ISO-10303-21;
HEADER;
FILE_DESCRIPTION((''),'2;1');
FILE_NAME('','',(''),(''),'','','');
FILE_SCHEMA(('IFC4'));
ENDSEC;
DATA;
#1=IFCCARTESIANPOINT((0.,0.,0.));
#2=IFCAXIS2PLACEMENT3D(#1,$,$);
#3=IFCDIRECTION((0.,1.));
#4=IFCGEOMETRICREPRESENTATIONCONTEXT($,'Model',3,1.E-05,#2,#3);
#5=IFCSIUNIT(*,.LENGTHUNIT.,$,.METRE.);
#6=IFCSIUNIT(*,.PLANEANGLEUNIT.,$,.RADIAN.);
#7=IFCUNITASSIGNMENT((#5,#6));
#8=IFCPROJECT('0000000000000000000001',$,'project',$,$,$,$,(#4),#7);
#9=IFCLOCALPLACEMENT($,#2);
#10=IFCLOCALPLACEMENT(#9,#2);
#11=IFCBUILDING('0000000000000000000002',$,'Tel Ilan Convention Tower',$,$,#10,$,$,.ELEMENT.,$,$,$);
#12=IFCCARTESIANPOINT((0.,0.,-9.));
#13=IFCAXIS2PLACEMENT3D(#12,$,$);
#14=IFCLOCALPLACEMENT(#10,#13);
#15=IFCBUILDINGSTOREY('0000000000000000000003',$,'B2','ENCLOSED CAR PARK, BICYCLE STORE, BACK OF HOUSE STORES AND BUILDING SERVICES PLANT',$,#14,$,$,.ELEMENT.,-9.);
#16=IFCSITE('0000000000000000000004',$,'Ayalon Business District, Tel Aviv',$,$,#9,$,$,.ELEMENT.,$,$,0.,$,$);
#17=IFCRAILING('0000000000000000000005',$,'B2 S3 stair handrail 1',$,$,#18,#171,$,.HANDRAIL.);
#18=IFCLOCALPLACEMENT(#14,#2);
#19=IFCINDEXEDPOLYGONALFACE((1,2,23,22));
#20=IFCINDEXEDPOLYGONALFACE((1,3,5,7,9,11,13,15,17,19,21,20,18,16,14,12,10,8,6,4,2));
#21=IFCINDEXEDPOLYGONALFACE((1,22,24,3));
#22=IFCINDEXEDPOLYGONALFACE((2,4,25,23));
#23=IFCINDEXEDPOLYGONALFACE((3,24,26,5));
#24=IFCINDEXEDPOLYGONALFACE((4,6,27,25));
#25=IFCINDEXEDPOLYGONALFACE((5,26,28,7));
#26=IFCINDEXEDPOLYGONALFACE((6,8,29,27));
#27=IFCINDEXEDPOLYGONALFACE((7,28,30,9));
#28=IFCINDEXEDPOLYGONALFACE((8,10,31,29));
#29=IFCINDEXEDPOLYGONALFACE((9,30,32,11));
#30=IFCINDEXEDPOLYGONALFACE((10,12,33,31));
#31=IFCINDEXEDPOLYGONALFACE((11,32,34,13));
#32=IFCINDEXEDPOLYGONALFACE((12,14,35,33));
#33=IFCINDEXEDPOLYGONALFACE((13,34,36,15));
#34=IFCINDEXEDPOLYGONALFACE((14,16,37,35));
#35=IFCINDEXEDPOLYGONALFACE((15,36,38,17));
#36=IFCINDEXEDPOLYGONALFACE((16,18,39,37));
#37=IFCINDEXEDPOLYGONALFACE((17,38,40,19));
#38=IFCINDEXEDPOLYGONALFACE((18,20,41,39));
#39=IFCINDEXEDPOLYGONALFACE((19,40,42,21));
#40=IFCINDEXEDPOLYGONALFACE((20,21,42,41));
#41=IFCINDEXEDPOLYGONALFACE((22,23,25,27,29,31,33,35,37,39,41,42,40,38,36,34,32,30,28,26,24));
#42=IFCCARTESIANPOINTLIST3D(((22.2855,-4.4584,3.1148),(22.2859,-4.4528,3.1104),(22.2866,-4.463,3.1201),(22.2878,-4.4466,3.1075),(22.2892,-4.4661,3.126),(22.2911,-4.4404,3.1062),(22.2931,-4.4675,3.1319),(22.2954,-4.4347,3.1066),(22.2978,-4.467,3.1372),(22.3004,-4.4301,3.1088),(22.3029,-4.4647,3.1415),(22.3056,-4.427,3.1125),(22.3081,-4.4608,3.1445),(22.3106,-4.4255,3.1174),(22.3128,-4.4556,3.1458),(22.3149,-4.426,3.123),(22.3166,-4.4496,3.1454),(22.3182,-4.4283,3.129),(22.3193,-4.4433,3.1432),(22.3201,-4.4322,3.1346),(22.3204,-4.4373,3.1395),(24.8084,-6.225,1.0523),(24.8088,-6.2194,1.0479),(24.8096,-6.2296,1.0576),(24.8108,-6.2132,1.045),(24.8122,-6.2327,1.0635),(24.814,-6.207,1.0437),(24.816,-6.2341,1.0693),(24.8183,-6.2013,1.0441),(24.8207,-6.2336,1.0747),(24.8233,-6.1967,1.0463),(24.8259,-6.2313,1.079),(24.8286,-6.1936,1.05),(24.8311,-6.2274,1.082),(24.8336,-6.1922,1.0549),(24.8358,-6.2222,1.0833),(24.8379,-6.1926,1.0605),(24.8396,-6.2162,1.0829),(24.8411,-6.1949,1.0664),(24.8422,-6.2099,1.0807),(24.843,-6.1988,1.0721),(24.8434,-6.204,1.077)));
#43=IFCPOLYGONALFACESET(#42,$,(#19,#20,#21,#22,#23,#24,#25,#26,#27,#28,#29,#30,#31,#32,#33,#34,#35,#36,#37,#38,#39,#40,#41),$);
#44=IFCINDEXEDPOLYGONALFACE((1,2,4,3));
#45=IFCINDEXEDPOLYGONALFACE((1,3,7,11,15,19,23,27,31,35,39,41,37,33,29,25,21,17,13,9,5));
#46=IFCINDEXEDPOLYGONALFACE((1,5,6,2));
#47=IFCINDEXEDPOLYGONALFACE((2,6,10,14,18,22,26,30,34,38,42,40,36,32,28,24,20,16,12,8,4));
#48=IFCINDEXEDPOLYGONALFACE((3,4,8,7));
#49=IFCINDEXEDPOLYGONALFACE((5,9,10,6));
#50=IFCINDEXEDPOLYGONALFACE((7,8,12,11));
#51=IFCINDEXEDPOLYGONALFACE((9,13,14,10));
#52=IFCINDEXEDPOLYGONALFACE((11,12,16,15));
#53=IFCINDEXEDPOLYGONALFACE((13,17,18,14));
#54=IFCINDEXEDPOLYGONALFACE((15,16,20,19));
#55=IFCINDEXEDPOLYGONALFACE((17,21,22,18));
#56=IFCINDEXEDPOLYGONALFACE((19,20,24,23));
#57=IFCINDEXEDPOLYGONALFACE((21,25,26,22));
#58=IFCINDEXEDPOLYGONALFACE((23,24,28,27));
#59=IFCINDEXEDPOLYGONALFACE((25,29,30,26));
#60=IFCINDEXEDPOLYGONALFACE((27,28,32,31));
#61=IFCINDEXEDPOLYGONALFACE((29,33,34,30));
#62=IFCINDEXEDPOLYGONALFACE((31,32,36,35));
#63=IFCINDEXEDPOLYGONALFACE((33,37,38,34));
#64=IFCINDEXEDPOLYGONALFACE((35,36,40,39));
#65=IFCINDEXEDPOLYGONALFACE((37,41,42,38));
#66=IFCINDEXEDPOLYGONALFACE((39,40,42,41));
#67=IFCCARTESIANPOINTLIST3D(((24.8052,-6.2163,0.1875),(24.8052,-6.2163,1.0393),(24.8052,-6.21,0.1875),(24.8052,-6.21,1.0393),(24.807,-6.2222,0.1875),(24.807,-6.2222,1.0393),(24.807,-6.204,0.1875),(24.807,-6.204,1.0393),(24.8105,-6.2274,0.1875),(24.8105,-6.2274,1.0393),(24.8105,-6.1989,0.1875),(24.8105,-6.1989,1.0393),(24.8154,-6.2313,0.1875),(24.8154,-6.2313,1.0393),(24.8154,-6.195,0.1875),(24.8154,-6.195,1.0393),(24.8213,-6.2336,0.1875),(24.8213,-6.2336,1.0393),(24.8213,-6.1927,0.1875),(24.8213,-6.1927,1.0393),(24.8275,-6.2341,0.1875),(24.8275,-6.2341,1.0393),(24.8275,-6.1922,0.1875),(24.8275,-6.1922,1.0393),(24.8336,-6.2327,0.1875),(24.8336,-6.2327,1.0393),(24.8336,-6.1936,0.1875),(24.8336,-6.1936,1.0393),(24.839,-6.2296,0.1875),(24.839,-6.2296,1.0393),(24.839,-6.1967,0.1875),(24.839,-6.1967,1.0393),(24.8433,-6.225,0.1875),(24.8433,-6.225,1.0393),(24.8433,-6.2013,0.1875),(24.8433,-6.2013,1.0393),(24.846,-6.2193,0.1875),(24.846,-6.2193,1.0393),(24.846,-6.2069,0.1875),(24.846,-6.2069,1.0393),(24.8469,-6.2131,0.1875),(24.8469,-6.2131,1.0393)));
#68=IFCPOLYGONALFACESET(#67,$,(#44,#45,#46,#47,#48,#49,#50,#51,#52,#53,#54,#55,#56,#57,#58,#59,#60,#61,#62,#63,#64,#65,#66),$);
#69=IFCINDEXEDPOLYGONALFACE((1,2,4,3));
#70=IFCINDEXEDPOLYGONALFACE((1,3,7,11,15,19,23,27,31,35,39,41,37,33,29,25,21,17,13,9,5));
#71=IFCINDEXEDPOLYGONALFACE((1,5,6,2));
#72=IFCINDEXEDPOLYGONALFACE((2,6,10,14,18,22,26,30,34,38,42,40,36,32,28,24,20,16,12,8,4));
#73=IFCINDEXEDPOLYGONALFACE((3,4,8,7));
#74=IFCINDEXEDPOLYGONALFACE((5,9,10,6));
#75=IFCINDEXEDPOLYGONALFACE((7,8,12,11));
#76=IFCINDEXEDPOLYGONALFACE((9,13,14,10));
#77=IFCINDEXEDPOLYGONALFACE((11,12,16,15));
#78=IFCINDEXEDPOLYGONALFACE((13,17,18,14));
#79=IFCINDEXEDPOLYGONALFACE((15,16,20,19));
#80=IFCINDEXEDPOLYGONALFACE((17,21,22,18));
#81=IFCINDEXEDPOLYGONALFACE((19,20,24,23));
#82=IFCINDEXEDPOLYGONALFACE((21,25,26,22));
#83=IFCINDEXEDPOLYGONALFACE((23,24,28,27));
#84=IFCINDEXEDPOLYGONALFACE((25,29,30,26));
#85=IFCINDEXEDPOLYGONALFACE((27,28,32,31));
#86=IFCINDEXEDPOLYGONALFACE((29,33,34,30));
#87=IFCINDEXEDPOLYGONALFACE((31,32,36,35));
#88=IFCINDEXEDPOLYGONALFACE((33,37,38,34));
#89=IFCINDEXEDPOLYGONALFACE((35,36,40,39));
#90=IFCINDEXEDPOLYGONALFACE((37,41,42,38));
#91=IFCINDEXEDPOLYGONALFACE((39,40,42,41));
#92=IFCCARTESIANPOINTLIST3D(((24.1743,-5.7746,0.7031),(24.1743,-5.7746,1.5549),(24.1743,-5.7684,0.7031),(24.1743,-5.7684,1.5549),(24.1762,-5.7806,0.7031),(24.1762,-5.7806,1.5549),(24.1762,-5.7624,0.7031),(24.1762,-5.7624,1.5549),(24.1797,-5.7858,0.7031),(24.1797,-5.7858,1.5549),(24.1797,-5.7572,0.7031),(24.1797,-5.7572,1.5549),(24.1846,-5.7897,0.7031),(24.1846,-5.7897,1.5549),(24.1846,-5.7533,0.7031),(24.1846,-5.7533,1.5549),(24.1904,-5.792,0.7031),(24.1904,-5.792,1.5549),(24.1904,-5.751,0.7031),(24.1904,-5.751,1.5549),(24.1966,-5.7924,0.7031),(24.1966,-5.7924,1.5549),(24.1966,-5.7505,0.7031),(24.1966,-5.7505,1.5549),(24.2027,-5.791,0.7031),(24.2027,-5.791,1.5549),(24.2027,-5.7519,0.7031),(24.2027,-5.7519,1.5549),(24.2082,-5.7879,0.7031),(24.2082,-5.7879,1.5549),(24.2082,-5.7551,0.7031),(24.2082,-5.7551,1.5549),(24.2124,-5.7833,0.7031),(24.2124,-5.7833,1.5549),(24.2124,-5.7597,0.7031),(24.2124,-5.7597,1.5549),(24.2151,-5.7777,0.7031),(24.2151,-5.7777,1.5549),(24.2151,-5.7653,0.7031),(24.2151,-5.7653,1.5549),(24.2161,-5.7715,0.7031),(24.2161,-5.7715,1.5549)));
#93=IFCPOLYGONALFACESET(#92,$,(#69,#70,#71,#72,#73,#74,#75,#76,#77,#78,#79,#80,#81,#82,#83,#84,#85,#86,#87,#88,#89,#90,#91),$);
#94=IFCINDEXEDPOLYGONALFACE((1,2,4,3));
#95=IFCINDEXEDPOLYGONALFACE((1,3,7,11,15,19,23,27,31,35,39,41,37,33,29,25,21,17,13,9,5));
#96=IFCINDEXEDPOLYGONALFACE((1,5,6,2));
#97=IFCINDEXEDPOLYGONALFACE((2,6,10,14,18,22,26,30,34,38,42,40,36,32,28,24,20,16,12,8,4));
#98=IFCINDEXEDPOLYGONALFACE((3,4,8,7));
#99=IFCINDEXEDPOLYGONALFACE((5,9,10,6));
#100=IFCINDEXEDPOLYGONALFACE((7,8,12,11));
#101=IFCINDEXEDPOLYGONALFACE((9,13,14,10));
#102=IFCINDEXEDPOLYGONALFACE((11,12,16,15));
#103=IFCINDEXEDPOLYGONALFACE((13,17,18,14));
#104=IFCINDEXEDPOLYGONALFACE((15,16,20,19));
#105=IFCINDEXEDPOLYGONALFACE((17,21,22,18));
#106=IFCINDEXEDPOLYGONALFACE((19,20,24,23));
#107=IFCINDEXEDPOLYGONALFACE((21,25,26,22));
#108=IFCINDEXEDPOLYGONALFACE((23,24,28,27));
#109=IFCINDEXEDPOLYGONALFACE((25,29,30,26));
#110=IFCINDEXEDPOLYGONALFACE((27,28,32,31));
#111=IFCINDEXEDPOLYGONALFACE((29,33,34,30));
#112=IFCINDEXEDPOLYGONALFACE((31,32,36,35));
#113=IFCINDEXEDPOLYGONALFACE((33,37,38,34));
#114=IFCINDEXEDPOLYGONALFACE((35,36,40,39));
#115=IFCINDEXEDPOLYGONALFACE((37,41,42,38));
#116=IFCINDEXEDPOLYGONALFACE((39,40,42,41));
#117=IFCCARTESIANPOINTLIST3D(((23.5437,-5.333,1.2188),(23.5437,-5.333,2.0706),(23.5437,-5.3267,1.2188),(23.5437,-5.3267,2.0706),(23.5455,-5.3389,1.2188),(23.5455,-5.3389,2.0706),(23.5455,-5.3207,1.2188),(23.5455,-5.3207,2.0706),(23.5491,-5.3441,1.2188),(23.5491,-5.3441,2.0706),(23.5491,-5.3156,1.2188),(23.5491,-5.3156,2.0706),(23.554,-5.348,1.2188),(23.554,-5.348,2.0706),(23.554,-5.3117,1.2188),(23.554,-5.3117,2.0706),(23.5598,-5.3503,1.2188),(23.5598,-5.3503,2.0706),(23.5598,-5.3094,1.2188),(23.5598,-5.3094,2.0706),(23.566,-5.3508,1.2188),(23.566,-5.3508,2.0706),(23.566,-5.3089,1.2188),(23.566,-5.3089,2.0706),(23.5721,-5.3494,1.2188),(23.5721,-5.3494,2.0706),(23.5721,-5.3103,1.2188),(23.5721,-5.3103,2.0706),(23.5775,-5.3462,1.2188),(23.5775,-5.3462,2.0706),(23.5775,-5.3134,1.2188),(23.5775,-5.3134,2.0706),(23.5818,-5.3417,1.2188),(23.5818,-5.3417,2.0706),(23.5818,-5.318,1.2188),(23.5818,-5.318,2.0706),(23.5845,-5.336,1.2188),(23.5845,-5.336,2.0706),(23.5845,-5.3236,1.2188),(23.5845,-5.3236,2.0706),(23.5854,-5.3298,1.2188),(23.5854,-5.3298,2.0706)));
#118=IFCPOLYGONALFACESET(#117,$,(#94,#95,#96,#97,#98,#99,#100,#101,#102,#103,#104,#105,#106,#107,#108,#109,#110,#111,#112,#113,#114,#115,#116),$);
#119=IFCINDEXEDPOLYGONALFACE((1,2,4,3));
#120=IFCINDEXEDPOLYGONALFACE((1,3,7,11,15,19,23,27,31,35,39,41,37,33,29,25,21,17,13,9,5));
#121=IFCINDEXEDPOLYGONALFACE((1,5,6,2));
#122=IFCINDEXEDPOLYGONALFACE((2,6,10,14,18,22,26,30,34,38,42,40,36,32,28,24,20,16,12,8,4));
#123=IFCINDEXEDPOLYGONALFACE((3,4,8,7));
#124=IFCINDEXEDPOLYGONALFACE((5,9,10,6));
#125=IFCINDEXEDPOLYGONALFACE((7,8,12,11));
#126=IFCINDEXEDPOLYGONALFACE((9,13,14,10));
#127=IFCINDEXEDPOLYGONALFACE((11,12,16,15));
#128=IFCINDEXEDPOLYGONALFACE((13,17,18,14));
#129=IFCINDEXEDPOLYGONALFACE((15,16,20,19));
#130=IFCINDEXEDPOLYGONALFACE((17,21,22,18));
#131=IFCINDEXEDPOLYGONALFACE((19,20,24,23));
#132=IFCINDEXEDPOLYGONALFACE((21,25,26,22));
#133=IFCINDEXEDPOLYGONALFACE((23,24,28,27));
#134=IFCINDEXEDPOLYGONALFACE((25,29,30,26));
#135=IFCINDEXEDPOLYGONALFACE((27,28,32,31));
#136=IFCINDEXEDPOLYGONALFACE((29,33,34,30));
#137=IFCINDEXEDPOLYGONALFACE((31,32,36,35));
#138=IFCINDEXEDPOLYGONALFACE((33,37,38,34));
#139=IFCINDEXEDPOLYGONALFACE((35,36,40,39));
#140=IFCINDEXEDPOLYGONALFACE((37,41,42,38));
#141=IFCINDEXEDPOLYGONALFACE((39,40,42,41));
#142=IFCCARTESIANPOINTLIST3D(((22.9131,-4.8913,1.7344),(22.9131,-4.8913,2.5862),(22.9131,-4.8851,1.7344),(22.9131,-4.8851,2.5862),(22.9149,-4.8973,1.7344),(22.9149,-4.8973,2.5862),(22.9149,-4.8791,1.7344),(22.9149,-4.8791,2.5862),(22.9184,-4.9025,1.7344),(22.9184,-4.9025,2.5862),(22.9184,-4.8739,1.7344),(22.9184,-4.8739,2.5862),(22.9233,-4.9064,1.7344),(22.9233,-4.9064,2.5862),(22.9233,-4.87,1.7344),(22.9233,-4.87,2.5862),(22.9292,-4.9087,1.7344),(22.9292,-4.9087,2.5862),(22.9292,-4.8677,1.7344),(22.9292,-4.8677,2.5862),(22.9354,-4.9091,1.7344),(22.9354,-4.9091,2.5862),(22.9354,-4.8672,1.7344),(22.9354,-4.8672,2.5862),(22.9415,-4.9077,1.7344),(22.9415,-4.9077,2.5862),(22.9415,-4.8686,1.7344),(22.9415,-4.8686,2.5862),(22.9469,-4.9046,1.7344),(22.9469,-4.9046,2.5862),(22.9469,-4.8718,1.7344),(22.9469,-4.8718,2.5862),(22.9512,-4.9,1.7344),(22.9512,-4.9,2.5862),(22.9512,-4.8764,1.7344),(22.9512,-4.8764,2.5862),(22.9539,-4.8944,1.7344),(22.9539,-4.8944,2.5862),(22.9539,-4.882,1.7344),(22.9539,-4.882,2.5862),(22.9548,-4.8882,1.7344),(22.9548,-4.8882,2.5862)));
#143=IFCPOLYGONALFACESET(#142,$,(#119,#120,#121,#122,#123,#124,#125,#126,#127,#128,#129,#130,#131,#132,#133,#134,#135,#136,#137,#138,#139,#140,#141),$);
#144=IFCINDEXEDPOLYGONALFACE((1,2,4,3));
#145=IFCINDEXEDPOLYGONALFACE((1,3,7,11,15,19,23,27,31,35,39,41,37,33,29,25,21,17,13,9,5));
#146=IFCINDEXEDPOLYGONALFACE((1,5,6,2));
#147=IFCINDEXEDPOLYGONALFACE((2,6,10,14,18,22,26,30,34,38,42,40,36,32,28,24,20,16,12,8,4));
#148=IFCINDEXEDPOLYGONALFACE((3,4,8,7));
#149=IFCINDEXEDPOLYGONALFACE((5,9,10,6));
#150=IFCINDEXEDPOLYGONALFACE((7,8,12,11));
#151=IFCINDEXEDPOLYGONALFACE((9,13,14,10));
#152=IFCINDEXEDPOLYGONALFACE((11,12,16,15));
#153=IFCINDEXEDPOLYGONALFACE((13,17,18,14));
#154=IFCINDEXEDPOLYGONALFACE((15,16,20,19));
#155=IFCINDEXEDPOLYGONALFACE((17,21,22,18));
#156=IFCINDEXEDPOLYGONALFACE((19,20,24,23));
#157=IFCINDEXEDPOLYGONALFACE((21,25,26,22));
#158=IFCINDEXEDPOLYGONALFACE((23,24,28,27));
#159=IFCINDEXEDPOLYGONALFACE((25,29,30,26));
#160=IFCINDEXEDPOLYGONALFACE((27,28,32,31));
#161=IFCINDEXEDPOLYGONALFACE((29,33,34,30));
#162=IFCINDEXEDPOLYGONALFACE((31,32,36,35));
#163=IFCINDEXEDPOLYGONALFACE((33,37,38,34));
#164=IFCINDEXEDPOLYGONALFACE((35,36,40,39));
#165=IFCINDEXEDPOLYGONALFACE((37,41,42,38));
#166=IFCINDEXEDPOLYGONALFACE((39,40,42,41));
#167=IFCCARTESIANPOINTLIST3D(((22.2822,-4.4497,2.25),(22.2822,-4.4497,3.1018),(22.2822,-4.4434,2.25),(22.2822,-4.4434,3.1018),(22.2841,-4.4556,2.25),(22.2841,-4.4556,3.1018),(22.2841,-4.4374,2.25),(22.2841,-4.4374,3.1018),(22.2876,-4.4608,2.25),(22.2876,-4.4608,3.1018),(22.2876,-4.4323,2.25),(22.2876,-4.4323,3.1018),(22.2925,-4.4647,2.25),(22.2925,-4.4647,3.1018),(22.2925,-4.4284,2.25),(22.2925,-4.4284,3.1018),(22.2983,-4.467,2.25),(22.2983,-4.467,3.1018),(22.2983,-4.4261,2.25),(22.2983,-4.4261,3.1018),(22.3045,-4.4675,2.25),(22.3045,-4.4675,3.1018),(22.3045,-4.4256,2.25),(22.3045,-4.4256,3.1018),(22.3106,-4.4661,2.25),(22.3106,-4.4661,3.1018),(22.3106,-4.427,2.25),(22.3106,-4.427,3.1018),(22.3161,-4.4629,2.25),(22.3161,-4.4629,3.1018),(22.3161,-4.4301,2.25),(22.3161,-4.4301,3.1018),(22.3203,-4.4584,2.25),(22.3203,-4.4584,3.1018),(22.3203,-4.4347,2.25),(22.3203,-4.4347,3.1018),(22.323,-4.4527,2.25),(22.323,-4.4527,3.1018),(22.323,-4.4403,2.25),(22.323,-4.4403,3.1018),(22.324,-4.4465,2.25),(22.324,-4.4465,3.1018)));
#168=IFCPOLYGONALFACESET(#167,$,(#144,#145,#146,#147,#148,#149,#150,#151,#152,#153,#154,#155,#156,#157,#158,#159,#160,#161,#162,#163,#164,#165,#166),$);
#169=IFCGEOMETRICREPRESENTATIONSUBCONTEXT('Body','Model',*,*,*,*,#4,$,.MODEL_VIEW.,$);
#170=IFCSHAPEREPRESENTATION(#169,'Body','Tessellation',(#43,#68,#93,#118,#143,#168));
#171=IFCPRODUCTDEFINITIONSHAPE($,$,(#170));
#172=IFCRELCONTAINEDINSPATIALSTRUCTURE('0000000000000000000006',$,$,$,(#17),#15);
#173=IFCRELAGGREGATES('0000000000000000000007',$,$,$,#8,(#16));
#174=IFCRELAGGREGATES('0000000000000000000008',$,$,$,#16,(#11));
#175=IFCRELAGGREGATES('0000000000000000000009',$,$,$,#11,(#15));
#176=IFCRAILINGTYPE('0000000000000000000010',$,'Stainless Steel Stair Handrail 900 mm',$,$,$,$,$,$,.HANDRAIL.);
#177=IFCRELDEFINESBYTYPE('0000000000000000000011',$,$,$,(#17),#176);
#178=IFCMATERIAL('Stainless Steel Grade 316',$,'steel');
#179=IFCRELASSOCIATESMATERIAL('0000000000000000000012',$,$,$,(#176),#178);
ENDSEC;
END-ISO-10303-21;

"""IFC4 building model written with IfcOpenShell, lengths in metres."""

from ifc_helpers import new_model, si_unit, direction, frame, origin, origin_2d, place, context, subcontext, project, spatial, circle, extrude, material, type_object, element, save


model = new_model("IFC4")

# Units and contexts
model_context = context("Model", 3, precision=1e-05, world=origin(), true_north=direction((0.0, 1.0)))
body_context = subcontext(model_context, "Body", "Model", "MODEL_VIEW")
ifc_project = project(units=[si_unit("LENGTHUNIT", "METRE"), si_unit("PLANEANGLEUNIT", "RADIAN")], contexts=[model_context])

# Site, building, storey
site_placement = place(None, origin())
site = spatial("IfcSite", under=ifc_project, at=site_placement, Name="Ayalon Business District, Tel Aviv", CompositionType="ELEMENT", RefElevation=0.0)
building_placement = place(site_placement, origin())
building = spatial("IfcBuilding", under=site, at=building_placement, Name="Tel Ilan Convention Tower", CompositionType="ELEMENT")
storey_placement = place(building_placement, frame((0.0, 0.0, -9.0)))
storey = spatial("IfcBuildingStorey", under=building, at=storey_placement, Name="B2", Description="ENCLOSED CAR PARK, BICYCLE STORE, BACK OF HOUSE STORES AND BUILDING SERVICES PLANT", CompositionType="ELEMENT", Elevation=-9.0)

# Railing
ifc_material_1 = material(Name="Stainless Steel Grade 316", Category="steel")
railing_type_1 = type_object("IfcRailingType", Name="Stainless Steel Stair Handrail 900 mm", PredefinedType="HANDRAIL", material=ifc_material_1)
railing_1_placement = place(storey_placement, frame((24.8259, -6.2131, 0.1875)))
element("IfcRailing", 1, at=railing_1_placement, inside=storey, type_object=railing_type_1, Name="B2 S3 stair handrail 1", PredefinedType="HANDRAIL", context=body_context, shape_type="SweptSolid", body=[
    extrude(circle(Radius=0.0239, at=origin_2d()), frame((0.0, 0.0, 0.876), z_axis=(-0.680635, 0.476589, 0.556416), x_axis=(-0.573579, -0.81915, 0.0)), (0.0, 0.0, 1.0), 3.7068),
    extrude(circle(Radius=0.021, at=origin_2d()), origin(), (0.0, 0.0, 1.0), 0.8518),
    extrude(circle(Radius=0.021, at=origin_2d()), frame((-0.6309, 0.4417, 0.5156)), (0.0, 0.0, 1.0), 0.8518),
    extrude(circle(Radius=0.021, at=origin_2d()), frame((-1.2615, 0.8833, 1.0312)), (0.0, 0.0, 1.0), 0.8518),
    extrude(circle(Radius=0.021, at=origin_2d()), frame((-1.8921, 1.325, 1.5469)), (0.0, 0.0, 1.0), 0.8518),
    extrude(circle(Radius=0.021, at=origin_2d()), frame((-2.5229, 1.7666, 2.0625)), (0.0, 0.0, 1.0), 0.8518),
])

save(model, "model.ifc")
